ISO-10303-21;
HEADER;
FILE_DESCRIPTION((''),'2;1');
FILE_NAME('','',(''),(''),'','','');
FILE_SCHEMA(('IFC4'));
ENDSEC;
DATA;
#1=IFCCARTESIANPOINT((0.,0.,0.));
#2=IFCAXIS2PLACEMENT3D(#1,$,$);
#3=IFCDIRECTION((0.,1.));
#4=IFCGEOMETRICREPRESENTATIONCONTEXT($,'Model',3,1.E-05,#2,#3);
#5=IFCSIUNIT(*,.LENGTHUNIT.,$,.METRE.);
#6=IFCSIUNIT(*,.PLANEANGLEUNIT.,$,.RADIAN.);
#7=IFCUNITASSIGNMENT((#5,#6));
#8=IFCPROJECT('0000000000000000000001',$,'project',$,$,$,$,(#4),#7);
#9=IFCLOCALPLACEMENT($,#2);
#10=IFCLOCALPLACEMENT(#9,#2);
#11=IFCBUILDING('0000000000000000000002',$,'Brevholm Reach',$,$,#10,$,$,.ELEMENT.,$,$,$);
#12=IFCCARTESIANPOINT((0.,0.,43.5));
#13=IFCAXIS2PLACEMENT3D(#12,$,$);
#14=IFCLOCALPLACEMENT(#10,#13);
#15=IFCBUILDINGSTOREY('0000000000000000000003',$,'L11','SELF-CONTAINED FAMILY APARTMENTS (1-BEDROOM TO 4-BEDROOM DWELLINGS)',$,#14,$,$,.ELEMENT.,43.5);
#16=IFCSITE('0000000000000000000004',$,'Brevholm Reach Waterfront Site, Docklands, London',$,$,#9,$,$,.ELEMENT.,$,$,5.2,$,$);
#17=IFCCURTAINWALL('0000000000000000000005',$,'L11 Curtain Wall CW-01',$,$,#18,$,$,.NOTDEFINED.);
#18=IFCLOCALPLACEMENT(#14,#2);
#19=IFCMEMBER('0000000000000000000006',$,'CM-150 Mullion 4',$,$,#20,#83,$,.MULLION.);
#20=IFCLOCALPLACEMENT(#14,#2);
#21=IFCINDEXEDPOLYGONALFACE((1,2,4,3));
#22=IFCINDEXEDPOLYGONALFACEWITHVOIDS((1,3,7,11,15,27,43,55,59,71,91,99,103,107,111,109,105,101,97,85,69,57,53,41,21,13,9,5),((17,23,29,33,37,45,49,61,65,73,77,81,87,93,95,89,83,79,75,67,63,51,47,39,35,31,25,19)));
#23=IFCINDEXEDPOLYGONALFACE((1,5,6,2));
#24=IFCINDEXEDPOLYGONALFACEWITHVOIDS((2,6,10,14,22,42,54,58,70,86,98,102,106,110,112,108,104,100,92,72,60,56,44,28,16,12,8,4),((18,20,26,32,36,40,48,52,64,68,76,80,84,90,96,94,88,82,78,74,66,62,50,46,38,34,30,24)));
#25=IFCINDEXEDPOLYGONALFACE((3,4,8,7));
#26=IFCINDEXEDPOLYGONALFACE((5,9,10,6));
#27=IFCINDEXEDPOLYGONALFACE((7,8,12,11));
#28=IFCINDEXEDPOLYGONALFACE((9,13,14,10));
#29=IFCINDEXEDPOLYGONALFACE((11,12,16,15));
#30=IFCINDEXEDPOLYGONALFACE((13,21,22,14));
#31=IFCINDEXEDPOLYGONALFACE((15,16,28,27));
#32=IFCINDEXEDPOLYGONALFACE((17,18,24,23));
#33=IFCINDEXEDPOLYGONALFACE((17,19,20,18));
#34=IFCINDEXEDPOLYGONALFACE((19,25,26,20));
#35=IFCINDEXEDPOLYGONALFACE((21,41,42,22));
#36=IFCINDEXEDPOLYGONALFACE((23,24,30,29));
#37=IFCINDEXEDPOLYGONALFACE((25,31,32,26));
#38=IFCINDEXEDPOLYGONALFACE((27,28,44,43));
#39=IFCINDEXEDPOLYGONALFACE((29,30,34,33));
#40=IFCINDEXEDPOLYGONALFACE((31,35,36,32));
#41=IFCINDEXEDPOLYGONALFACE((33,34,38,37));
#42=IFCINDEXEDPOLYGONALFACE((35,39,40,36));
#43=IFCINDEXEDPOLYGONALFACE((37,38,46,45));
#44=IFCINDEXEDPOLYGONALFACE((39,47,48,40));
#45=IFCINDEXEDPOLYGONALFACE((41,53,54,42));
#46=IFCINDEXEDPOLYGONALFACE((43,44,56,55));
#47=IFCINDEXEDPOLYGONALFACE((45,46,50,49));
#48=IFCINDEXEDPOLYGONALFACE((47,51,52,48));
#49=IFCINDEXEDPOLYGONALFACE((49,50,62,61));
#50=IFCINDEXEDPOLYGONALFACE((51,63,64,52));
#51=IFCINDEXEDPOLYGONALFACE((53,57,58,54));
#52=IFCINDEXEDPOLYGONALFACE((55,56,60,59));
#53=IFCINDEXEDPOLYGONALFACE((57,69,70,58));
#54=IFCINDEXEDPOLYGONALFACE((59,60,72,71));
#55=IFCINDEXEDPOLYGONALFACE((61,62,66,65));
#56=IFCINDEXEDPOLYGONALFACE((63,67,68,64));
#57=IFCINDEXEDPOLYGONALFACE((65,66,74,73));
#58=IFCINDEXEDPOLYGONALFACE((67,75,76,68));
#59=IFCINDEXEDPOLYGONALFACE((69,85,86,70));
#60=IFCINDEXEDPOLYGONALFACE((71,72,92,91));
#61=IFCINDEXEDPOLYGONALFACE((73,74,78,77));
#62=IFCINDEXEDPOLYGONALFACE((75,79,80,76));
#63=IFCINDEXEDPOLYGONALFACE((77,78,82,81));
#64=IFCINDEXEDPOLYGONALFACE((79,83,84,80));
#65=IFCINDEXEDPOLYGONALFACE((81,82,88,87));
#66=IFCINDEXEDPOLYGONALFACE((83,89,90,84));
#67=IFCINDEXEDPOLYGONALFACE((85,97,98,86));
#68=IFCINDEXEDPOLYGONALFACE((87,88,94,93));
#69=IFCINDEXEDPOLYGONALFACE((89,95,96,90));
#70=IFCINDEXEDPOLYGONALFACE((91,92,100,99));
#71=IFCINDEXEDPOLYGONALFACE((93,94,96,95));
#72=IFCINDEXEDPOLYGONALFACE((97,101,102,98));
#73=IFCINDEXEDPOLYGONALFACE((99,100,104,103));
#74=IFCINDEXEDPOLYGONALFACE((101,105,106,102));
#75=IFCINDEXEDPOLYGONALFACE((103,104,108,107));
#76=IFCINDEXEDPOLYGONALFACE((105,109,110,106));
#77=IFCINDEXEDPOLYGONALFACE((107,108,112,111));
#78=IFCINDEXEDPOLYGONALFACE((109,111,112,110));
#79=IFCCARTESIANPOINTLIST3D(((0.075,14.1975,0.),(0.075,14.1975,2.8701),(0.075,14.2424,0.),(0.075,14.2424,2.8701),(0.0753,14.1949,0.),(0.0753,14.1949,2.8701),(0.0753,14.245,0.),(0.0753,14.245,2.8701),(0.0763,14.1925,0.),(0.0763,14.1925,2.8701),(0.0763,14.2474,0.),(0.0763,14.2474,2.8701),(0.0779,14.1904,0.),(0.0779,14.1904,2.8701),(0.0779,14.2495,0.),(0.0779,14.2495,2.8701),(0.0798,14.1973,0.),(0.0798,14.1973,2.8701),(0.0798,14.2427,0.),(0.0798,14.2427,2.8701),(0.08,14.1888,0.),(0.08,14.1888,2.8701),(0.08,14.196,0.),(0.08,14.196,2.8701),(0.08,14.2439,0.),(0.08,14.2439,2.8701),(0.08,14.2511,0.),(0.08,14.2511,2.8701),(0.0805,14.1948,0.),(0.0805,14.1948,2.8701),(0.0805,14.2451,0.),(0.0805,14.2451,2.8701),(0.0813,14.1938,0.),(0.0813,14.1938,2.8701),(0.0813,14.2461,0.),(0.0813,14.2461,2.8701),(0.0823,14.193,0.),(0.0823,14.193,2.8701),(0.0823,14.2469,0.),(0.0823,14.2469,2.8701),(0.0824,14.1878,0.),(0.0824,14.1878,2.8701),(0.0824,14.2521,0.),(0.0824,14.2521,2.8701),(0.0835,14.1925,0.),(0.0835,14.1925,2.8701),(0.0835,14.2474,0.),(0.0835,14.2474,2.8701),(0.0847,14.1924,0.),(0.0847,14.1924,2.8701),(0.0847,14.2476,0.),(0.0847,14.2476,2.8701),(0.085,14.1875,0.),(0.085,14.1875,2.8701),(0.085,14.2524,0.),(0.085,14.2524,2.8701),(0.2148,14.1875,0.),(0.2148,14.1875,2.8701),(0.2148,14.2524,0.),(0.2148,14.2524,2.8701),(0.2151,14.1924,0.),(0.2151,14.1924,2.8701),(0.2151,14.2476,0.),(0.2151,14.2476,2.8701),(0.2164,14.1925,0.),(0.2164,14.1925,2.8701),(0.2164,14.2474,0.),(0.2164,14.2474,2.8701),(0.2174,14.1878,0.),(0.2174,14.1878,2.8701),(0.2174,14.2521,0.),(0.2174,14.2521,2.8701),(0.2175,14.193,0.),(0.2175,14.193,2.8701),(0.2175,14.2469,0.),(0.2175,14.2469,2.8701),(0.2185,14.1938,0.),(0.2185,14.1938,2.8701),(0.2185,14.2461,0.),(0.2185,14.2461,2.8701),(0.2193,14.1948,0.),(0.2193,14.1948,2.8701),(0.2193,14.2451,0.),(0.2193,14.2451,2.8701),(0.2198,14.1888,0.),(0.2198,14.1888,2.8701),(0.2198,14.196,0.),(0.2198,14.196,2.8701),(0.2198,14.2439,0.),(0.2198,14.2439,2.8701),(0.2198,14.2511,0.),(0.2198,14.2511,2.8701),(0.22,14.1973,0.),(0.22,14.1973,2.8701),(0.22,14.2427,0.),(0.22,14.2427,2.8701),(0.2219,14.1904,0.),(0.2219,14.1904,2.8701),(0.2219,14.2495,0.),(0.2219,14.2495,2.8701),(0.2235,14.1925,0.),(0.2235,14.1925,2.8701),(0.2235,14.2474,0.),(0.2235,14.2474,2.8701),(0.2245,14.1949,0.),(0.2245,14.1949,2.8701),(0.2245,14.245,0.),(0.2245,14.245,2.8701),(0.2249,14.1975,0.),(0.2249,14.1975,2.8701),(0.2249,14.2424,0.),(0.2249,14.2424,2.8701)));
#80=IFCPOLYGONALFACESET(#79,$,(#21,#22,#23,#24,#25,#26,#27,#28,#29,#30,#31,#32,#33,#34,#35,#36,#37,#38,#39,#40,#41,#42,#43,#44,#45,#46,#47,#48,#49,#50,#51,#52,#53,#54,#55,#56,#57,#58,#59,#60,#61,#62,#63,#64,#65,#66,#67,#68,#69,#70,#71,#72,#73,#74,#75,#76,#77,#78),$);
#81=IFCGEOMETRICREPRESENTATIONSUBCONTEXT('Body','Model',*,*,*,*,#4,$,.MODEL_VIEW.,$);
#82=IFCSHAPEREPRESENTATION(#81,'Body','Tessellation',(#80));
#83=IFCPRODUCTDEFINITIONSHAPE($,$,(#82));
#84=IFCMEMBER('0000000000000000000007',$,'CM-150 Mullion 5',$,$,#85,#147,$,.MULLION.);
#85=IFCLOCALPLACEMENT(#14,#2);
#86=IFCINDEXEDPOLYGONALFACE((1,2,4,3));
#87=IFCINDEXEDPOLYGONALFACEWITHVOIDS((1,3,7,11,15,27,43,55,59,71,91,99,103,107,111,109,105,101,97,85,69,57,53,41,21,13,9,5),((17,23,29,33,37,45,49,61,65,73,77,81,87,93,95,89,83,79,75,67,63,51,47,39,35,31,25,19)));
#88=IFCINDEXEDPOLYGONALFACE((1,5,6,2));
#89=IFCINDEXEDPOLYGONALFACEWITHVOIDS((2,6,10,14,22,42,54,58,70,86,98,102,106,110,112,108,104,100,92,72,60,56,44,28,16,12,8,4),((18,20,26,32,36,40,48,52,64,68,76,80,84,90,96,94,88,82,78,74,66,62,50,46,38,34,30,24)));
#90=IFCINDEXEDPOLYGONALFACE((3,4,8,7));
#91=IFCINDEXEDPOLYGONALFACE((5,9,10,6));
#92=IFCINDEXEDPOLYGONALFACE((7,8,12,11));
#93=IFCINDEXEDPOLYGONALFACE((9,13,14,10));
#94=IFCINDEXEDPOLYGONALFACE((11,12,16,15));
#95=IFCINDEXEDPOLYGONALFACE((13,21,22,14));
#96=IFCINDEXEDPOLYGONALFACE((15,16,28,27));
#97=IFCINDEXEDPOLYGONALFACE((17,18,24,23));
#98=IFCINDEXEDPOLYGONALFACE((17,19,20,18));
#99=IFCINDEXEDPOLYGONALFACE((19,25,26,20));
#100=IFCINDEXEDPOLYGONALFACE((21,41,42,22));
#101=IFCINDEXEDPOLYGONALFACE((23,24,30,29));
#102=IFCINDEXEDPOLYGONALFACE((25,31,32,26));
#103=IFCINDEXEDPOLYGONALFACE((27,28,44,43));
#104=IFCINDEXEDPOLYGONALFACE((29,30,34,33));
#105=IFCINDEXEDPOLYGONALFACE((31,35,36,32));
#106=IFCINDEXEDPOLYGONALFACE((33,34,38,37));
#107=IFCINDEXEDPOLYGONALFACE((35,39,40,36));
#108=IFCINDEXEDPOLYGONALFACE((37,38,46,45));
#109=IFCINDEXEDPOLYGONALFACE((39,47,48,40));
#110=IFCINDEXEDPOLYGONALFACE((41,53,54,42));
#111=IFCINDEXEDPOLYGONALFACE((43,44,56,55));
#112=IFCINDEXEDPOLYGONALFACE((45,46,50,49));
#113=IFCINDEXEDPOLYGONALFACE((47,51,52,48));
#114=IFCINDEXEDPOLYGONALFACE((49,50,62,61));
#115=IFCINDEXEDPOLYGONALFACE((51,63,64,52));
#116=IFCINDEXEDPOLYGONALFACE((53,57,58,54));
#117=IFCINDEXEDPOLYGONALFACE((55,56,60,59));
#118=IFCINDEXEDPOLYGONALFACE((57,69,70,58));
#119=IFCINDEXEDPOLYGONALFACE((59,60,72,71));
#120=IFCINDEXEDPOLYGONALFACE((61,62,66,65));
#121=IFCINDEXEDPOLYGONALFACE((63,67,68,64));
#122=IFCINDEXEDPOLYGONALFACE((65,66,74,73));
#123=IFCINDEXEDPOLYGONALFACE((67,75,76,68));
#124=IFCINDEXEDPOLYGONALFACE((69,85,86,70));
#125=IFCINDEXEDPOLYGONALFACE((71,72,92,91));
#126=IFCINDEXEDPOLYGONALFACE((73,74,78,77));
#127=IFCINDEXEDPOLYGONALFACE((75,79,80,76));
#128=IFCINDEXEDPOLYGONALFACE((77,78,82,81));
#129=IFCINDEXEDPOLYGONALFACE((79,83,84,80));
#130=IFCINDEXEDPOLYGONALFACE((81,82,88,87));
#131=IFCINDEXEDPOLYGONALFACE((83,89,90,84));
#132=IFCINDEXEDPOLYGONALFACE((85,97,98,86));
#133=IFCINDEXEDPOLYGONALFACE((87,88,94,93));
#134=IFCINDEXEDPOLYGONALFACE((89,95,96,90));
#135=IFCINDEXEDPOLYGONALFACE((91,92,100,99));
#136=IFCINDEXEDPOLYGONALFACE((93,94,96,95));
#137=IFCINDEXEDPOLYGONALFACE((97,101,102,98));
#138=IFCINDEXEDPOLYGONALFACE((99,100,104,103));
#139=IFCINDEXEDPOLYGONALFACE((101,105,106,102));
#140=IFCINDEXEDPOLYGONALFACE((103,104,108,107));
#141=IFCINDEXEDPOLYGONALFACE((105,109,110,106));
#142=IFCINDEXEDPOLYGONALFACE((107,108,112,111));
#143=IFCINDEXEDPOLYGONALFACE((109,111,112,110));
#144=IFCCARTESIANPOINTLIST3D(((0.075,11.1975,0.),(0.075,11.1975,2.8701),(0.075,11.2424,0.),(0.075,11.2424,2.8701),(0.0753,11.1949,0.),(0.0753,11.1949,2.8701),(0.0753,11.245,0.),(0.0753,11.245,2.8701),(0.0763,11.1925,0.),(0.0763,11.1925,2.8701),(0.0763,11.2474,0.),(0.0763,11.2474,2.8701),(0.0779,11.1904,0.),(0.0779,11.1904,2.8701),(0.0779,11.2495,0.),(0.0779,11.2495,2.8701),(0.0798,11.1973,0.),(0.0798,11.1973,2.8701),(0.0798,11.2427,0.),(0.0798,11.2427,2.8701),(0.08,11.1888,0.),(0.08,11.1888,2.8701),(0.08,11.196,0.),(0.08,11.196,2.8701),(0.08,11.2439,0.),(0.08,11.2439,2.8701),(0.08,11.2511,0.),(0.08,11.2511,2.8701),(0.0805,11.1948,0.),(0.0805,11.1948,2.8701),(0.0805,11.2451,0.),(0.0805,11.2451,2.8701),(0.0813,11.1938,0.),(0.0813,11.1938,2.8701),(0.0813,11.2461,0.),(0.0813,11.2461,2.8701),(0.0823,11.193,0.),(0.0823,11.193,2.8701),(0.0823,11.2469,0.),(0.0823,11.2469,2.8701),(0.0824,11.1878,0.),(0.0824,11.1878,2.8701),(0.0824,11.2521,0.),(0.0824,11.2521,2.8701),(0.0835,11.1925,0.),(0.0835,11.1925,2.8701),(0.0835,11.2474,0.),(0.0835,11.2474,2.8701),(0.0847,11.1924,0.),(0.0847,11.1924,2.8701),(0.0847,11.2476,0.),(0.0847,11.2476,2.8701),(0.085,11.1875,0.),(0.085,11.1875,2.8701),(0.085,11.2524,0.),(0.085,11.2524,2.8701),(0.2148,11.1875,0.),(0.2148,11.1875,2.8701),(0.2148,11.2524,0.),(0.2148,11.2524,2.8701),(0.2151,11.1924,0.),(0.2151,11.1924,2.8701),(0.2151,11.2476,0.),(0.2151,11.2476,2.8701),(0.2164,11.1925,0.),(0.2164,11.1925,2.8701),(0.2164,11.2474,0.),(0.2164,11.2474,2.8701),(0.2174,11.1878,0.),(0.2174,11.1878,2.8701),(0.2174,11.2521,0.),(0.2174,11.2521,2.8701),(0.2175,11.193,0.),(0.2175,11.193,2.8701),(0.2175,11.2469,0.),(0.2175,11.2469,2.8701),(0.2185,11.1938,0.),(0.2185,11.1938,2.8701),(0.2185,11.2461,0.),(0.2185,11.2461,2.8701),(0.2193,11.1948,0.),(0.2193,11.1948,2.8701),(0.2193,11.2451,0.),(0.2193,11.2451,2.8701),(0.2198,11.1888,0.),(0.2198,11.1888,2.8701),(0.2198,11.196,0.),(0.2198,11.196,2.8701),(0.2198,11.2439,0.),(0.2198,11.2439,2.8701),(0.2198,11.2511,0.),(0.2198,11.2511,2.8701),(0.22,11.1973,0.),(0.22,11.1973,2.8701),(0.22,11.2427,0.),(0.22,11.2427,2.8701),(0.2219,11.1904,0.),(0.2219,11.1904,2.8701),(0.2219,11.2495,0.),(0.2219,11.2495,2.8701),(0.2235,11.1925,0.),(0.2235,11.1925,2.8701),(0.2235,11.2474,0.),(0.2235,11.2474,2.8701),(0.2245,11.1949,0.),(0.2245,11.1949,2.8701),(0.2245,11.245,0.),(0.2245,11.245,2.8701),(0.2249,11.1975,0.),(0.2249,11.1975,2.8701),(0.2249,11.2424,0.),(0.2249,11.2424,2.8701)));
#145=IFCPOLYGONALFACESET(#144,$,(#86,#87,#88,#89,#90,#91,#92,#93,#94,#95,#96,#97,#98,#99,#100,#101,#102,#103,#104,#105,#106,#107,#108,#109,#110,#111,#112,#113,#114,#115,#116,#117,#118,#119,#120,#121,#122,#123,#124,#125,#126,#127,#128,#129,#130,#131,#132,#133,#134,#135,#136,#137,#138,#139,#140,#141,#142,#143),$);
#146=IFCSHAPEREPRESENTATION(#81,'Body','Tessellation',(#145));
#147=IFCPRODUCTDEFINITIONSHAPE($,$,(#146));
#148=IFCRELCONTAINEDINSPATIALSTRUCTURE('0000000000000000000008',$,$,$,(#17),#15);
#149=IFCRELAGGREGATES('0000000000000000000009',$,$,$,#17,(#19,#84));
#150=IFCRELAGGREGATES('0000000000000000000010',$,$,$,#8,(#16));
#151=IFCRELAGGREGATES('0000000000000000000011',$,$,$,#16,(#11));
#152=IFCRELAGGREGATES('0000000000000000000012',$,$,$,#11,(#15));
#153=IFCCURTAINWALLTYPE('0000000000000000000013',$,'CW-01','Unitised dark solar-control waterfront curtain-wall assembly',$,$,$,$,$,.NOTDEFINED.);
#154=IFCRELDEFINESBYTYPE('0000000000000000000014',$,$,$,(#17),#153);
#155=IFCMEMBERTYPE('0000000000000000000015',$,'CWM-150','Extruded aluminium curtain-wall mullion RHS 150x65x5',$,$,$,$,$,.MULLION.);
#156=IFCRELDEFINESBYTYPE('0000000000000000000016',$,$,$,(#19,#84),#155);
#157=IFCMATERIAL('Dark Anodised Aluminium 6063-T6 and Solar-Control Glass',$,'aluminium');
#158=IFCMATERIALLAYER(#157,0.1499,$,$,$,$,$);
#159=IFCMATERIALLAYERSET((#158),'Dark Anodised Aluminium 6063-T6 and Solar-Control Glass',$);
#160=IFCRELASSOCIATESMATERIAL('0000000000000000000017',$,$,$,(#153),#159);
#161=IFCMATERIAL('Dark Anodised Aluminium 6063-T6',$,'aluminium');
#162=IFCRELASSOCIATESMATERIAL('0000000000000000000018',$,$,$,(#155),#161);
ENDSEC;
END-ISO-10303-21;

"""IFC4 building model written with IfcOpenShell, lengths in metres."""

from ifc_helpers import new_model, si_unit, direction, frame, origin, origin_2d, place, context, subcontext, project, spatial, hollow_rectangle, extrude, material, layer, layer_set, material_profile, profile_set, type_object, element, aggregate, save


model = new_model("IFC4")

# Units and contexts
model_context = context("Model", 3, precision=1e-05, world=origin(), true_north=direction((0.0, 1.0)))
body_context = subcontext(model_context, "Body", "Model", "MODEL_VIEW")
ifc_project = project(units=[si_unit("LENGTHUNIT", "METRE"), si_unit("PLANEANGLEUNIT", "RADIAN")], contexts=[model_context])

# Site, building, storey
site_placement = place(None, origin())
site = spatial("IfcSite", under=ifc_project, at=site_placement, Name="Brevholm Reach Waterfront Site, Docklands, London", CompositionType="ELEMENT", RefElevation=5.2)
building_placement = place(site_placement, origin())
building = spatial("IfcBuilding", under=site, at=building_placement, Name="Brevholm Reach", CompositionType="ELEMENT")
storey_placement = place(building_placement, frame((0.0, 0.0, 43.5)))
storey = spatial("IfcBuildingStorey", under=building, at=storey_placement, Name="L11", Description="SELF-CONTAINED FAMILY APARTMENTS (1-BEDROOM TO 4-BEDROOM DWELLINGS)", CompositionType="ELEMENT", Elevation=43.5)

# Curtain wall, members
ifc_material_1 = material(Name="Dark Anodised Aluminium 6063-T6 and Solar-Control Glass", Category="aluminium")
ifc_layer_1 = layer(ifc_material_1, 0.1499)
ifc_layer_set_1 = layer_set([ifc_layer_1], Name="Dark Anodised Aluminium 6063-T6 and Solar-Control Glass")
curtain_wall_type = type_object("IfcCurtainWallType", Name="CW-01", Description="Unitised dark solar-control waterfront curtain-wall assembly", PredefinedType="NOTDEFINED", material=ifc_layer_set_1)
curtain_wall_placement = place(storey_placement, origin())
curtain_wall = element("IfcCurtainWall", 1, at=curtain_wall_placement, inside=storey, type_object=curtain_wall_type, Name="L11 Curtain Wall CW-01", PredefinedType="NOTDEFINED")
ifc_material_2 = material(Name="Dark Anodised Aluminium 6063-T6", Category="aluminium")
ifc_material_profile_1 = material_profile(ifc_material_2, hollow_rectangle(XDim=0.0649, YDim=0.1499, WallThickness=0.0049, InnerFilletRadius=0.0049, OuterFilletRadius=0.01, at=origin_2d()), Name="RHS 150x65x5")
ifc_profile_set_1 = profile_set([ifc_material_profile_1], Name="Dark Anodised Aluminium 6063-T6")
member_type_1 = type_object("IfcMemberType", Name="CWM-150", Description="Extruded aluminium curtain-wall mullion RHS 150x65x5", PredefinedType="MULLION", material=ifc_profile_set_1)
member_1_placement = place(storey_placement, frame((0.1499, 14.22, 0.0), z_axis=(0.0, 0.0, 1.0), x_axis=(0.0, -1.0, 0.0)))
member_1 = element("IfcMember", 2, at=member_1_placement, type_object=member_type_1, Name="CM-150 Mullion 4", PredefinedType="MULLION", context=body_context, shape_type="SweptSolid", body=[
    extrude(hollow_rectangle(XDim=0.0649, YDim=0.1499, WallThickness=0.0049, InnerFilletRadius=0.0049, OuterFilletRadius=0.01, at=origin_2d()), origin(), (0.0, 0.0, 1.0), 2.8701),
])
member_2_placement = place(storey_placement, frame((0.1499, 11.22, 0.0), z_axis=(0.0, 0.0, 1.0), x_axis=(0.0, -1.0, 0.0)))
member_2 = element("IfcMember", 3, at=member_2_placement, type_object=member_type_1, Name="CM-150 Mullion 5", PredefinedType="MULLION", context=body_context, shape_type="SweptSolid", body=[
    extrude(hollow_rectangle(XDim=0.0649, YDim=0.1499, WallThickness=0.0049, InnerFilletRadius=0.0049, OuterFilletRadius=0.01, at=origin_2d()), origin(), (0.0, 0.0, 1.0), 2.8701),
])
aggregate(curtain_wall, [member_1, member_2])

save(model, "model.ifc")
